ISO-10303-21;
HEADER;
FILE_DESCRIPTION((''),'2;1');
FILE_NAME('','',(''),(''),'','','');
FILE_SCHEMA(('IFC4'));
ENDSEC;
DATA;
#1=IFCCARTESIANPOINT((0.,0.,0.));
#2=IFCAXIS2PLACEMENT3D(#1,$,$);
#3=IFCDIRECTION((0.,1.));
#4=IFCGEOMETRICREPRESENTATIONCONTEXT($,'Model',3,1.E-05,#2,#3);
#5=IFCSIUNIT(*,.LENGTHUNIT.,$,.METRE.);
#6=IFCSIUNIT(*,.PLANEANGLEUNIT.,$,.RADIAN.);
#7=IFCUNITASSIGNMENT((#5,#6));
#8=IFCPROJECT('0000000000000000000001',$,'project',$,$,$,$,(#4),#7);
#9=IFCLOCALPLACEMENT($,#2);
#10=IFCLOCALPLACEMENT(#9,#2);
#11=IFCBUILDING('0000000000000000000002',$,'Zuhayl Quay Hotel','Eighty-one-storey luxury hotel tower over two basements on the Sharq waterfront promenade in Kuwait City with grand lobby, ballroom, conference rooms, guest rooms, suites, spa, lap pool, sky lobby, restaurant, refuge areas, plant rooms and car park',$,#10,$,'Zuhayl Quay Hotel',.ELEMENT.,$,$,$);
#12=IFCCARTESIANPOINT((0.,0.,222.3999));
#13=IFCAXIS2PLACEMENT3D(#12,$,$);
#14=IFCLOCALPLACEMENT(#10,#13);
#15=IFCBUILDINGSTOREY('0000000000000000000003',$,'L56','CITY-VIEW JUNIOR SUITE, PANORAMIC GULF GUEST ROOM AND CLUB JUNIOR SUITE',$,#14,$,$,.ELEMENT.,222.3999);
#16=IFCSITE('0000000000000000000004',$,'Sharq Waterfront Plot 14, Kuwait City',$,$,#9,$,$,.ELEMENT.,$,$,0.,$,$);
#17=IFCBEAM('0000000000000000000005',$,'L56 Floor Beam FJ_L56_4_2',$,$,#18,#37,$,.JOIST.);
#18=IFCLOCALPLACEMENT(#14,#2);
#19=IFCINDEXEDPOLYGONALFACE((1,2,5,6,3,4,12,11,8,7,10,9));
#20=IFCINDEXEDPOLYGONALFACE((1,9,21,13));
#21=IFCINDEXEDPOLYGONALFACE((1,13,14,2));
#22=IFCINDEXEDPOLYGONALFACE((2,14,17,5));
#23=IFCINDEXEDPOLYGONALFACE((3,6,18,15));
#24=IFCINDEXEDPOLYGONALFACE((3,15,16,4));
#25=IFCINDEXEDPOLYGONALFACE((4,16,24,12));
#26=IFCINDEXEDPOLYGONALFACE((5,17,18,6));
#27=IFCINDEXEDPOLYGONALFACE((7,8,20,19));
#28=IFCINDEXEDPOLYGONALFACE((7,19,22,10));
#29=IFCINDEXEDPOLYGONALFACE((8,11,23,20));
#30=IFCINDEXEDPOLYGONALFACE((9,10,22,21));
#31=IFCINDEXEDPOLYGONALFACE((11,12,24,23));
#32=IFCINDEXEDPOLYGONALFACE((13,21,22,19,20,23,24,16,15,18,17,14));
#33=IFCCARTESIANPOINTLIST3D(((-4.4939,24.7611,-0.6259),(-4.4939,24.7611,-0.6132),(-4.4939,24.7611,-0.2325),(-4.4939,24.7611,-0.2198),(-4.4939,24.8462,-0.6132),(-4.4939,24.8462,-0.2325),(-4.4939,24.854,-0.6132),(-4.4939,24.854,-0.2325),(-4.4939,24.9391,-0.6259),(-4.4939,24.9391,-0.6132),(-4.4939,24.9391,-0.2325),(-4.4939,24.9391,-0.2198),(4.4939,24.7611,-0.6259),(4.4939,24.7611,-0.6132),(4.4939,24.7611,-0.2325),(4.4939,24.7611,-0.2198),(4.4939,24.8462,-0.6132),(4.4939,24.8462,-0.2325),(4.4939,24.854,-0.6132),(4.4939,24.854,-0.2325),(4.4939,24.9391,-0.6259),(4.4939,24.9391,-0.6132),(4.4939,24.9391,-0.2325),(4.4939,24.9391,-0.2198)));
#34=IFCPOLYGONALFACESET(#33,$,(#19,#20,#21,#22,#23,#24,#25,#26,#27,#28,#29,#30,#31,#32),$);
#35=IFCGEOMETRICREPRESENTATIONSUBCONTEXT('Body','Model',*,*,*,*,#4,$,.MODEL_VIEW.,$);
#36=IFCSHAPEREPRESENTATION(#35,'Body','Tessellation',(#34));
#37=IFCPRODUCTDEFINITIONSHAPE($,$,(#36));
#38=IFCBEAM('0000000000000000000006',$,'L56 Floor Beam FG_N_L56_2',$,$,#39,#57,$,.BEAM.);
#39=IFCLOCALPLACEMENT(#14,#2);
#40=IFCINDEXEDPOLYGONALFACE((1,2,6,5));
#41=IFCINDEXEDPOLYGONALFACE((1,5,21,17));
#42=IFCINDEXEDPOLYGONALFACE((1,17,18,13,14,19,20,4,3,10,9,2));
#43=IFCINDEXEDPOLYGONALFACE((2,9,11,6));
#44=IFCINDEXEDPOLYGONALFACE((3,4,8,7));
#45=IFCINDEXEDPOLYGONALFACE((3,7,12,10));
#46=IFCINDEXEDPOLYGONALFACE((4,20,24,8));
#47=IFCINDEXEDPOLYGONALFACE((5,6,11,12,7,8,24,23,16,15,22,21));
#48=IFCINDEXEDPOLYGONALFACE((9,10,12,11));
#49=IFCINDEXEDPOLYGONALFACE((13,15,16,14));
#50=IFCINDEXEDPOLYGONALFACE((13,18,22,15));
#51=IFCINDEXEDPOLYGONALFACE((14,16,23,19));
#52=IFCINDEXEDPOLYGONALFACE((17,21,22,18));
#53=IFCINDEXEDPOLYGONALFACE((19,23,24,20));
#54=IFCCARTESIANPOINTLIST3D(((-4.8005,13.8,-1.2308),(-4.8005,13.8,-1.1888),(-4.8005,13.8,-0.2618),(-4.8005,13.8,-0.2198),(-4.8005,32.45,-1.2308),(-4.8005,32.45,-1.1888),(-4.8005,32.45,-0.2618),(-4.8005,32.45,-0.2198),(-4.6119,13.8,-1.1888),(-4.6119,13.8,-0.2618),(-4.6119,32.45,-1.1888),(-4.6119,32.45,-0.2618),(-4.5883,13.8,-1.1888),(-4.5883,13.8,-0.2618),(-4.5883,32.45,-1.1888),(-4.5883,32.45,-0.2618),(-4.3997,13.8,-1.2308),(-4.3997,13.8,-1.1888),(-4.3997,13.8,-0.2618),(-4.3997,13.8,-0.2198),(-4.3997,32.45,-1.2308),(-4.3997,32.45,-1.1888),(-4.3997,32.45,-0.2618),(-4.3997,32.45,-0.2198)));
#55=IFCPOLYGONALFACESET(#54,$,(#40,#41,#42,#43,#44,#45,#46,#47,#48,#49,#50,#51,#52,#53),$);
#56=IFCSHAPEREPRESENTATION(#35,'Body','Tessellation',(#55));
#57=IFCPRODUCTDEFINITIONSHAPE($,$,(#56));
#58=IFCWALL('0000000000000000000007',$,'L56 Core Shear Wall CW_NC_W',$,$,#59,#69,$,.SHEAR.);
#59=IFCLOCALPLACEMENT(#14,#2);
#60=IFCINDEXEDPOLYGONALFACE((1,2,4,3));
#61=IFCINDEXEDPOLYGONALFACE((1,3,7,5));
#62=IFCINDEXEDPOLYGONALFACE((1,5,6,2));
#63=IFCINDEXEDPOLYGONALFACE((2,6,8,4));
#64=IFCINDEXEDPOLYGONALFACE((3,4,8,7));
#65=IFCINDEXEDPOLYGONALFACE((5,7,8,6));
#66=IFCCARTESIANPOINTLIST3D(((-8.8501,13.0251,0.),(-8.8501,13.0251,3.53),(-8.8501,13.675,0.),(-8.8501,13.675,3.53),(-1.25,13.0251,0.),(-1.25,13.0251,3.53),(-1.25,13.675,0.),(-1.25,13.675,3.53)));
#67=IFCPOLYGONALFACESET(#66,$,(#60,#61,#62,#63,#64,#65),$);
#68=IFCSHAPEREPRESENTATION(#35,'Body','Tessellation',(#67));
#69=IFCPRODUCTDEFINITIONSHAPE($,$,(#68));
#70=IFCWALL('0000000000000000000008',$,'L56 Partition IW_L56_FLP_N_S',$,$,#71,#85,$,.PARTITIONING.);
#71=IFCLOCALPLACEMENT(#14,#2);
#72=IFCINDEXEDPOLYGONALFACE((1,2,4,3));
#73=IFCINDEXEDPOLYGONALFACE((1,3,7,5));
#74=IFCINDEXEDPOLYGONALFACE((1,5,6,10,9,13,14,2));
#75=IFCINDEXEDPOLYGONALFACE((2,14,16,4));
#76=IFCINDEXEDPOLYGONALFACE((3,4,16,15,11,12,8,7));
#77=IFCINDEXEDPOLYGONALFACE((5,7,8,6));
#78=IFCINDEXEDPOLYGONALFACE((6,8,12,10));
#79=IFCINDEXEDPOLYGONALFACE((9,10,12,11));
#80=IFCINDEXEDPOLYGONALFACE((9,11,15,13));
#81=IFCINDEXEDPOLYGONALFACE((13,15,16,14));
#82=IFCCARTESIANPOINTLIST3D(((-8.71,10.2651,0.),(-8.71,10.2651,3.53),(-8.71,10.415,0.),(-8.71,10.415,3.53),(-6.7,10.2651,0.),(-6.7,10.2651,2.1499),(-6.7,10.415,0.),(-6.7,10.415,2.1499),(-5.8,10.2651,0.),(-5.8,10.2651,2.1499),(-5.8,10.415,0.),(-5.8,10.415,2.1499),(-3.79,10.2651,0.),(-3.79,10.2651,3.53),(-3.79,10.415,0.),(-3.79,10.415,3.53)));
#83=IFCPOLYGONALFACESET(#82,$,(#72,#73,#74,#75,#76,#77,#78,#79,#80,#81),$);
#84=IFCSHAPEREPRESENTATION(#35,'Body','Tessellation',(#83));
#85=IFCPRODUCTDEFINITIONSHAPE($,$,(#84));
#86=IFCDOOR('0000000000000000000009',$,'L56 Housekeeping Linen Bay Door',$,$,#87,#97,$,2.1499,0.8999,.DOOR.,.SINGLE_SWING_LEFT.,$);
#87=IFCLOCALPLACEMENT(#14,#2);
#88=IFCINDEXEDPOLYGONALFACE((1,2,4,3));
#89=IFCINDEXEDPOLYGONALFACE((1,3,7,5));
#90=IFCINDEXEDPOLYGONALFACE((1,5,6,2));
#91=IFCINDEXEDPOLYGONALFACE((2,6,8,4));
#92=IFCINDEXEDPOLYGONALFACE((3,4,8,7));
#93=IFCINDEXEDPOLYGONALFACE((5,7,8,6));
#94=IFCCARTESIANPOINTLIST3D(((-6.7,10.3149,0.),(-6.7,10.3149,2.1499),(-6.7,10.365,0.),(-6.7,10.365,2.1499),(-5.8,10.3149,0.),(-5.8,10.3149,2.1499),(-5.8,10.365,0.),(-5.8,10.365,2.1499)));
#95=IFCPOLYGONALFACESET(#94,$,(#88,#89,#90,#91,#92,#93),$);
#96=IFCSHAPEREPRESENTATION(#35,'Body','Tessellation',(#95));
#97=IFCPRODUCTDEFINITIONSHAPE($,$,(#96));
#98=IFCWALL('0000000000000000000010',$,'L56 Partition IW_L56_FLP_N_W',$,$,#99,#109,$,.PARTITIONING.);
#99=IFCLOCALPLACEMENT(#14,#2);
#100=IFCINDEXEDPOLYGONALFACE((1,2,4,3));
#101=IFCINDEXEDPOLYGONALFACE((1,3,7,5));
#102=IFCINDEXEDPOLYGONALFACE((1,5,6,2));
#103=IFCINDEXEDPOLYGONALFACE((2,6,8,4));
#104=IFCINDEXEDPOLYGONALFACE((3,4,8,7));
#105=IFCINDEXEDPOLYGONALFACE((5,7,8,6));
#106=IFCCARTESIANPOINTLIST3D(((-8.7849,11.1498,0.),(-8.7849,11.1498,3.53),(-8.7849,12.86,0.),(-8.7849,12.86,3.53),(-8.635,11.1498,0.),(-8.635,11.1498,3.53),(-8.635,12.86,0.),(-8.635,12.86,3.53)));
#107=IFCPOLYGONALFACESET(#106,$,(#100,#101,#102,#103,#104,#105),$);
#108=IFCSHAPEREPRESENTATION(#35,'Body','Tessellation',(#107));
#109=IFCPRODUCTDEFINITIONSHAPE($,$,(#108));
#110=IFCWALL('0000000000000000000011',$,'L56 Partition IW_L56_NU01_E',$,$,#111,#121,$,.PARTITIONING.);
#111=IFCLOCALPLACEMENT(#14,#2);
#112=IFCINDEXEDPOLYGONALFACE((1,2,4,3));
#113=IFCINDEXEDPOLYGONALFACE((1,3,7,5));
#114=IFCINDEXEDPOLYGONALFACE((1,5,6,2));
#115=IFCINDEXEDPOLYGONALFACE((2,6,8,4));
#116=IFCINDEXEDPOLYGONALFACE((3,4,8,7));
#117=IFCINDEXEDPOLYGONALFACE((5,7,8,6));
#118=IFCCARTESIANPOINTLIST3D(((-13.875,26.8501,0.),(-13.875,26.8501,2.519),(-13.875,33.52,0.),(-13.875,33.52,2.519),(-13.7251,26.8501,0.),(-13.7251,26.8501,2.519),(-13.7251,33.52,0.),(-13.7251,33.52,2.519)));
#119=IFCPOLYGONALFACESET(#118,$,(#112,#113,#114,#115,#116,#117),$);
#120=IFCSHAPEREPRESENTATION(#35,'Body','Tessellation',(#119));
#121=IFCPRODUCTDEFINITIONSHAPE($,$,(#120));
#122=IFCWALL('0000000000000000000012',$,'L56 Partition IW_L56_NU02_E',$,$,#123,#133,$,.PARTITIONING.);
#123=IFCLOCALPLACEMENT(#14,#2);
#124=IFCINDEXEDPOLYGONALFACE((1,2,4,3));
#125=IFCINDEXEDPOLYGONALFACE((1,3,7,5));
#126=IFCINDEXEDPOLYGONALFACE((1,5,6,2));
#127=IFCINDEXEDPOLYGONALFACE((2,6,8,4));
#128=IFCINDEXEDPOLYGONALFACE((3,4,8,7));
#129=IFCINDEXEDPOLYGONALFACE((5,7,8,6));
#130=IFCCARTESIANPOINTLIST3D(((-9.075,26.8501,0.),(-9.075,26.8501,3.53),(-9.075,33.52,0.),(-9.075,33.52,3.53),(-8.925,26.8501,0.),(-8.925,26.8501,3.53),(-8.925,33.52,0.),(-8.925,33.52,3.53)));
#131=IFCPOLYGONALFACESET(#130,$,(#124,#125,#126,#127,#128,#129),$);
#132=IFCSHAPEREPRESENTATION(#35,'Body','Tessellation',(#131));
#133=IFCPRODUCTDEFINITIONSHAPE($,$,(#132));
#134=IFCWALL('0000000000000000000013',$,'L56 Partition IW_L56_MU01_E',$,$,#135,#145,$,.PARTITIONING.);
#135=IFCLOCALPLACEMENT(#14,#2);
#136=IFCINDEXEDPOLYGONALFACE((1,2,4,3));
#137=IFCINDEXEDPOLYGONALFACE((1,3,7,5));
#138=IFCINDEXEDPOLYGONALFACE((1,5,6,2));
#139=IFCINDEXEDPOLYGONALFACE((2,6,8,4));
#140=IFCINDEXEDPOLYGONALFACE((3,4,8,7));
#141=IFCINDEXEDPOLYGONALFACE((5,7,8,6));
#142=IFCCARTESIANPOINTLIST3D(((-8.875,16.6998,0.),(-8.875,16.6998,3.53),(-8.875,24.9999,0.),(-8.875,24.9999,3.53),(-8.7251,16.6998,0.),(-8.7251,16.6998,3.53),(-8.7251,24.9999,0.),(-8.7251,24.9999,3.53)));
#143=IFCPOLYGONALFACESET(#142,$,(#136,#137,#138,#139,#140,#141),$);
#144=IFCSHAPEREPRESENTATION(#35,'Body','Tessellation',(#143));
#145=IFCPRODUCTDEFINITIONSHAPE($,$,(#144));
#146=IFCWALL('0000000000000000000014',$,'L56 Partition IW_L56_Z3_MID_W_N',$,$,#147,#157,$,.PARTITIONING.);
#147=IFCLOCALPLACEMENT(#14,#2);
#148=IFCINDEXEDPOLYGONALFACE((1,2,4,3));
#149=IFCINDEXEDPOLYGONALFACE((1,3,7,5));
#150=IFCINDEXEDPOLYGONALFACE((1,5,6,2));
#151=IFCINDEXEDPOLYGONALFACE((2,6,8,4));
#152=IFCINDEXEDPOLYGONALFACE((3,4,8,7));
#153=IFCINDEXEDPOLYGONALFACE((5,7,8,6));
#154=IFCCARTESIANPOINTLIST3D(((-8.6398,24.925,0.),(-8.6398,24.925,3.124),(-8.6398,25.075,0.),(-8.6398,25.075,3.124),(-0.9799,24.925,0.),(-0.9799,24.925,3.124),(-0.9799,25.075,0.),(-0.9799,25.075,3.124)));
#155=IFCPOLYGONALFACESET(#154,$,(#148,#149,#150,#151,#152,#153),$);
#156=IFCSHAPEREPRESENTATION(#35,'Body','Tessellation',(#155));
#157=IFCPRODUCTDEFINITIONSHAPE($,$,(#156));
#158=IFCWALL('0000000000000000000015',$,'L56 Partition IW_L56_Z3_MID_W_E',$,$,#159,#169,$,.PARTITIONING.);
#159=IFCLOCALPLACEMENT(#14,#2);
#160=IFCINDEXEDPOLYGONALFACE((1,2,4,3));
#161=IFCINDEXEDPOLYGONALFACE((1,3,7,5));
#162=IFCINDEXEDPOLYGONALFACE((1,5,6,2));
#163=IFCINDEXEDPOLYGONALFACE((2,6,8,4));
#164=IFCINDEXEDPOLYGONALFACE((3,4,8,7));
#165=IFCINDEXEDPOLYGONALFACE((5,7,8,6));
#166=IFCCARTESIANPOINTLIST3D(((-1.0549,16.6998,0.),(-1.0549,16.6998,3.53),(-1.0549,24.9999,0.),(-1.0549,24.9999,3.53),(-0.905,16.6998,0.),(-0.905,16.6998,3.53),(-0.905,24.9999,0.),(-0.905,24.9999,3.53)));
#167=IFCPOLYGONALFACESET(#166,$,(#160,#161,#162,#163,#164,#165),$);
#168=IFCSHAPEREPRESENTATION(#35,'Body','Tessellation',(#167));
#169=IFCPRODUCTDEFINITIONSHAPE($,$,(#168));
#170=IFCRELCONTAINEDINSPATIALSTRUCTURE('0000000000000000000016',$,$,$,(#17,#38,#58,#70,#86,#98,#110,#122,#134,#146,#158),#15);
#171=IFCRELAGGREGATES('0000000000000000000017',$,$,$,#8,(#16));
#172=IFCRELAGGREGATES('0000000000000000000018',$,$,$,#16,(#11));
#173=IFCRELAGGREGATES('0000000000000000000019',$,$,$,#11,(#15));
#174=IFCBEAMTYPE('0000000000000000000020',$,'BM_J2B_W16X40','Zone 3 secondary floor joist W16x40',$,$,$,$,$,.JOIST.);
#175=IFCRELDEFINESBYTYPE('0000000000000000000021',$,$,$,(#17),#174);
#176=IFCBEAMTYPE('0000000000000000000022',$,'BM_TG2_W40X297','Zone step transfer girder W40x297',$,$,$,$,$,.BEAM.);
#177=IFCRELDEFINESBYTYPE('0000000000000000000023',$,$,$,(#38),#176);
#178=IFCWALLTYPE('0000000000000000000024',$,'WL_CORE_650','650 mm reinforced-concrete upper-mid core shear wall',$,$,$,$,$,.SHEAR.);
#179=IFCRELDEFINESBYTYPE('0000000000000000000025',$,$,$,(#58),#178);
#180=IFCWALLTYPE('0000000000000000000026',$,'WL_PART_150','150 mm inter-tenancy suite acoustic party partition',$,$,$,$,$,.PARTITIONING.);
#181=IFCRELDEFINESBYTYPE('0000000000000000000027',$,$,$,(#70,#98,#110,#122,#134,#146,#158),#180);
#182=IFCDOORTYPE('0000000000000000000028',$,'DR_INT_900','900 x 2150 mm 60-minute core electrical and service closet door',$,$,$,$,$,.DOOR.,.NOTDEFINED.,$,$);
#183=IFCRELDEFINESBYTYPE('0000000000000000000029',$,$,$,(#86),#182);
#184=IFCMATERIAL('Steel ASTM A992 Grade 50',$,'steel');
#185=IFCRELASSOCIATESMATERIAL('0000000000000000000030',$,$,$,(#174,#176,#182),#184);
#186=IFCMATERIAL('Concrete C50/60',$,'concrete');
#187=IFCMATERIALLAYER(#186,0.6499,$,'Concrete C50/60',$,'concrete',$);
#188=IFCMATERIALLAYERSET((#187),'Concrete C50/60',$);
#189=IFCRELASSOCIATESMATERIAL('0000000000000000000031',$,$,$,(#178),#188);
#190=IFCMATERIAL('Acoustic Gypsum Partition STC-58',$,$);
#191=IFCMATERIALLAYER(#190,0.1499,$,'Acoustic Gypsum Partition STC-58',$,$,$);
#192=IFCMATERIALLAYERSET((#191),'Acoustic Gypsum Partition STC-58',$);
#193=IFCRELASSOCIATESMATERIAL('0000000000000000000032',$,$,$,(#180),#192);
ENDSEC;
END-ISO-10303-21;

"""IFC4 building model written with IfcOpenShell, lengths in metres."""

from ifc_helpers import new_model, si_unit, direction, frame, frame_2d, origin, origin_2d, place, context, subcontext, project, spatial, rectangle, i_section, extrude, material, layer, layer_set, material_profile, profile_set, type_object, element, fill, save


model = new_model("IFC4")

# Units and contexts
model_context = context("Model", 3, precision=1e-05, world=origin(), true_north=direction((0.0, 1.0)))
body_context = subcontext(model_context, "Body", "Model", "MODEL_VIEW")
ifc_project = project(units=[si_unit("LENGTHUNIT", "METRE"), si_unit("PLANEANGLEUNIT", "RADIAN")], contexts=[model_context])

# Site, building, storey
site_placement = place(None, origin())
site = spatial("IfcSite", under=ifc_project, at=site_placement, Name="Sharq Waterfront Plot 14, Kuwait City", CompositionType="ELEMENT", RefElevation=0.0)
building_placement = place(site_placement, origin())
building = spatial("IfcBuilding", under=site, at=building_placement, Name="Zuhayl Quay Hotel", Description="Eighty-one-storey luxury hotel tower over two basements on the Sharq waterfront promenade in Kuwait City with grand lobby, ballroom, conference rooms, guest rooms, suites, spa, lap pool, sky lobby, restaurant, refuge areas, plant rooms and car park", LongName="Zuhayl Quay Hotel", CompositionType="ELEMENT")
storey_placement = place(building_placement, frame((0.0, 0.0, 222.3999)))
storey = spatial("IfcBuildingStorey", under=building, at=storey_placement, Name="L56", Description="CITY-VIEW JUNIOR SUITE, PANORAMIC GULF GUEST ROOM AND CLUB JUNIOR SUITE", CompositionType="ELEMENT", Elevation=222.3999)

# Beams
ifc_material_1 = material(Name="Steel ASTM A992 Grade 50", Category="steel")
ifc_material_profile_1 = material_profile(ifc_material_1, i_section(OverallWidth=0.178, OverallDepth=0.406, WebThickness=0.0078, FlangeThickness=0.0127, at=origin_2d()), Name="W16X40")
ifc_profile_set_1 = profile_set([ifc_material_profile_1], Name="Steel ASTM A992 Grade 50")
beam_type_1 = type_object("IfcBeamType", Name="BM_J2B_W16X40", Description="Zone 3 secondary floor joist W16x40", PredefinedType="JOIST", material=ifc_profile_set_1)
beam_1_placement = place(storey_placement, frame((-4.4939, 24.8501, -0.4229), z_axis=(1.0, 0.0, 0.0), x_axis=(0.0, 1.0, 0.0)))
element("IfcBeam", 1, at=beam_1_placement, inside=storey, type_object=beam_type_1, Name="L56 Floor Beam FJ_L56_4_2", PredefinedType="JOIST", context=body_context, shape_type="SweptSolid", body=[
    extrude(i_section(OverallWidth=0.178, OverallDepth=0.406, WebThickness=0.0078, FlangeThickness=0.0127, at=origin_2d()), origin(), (0.0, 0.0, 1.0), 8.9878),
])
ifc_material_profile_2 = material_profile(ifc_material_1, i_section(OverallWidth=0.4009, OverallDepth=1.011, WebThickness=0.0237, FlangeThickness=0.042, at=origin_2d()), Name="W40X297")
ifc_profile_set_2 = profile_set([ifc_material_profile_2], Name="Steel ASTM A992 Grade 50")
beam_type_2 = type_object("IfcBeamType", Name="BM_TG2_W40X297", Description="Zone step transfer girder W40x297", PredefinedType="BEAM", material=ifc_profile_set_2)
beam_2_placement = place(storey_placement, frame((-4.6001, 13.8, -0.7253), z_axis=(0.0, 1.0, 0.0), x_axis=(-1.0, 0.0, 0.0)))
element("IfcBeam", 2, at=beam_2_placement, inside=storey, type_object=beam_type_2, Name="L56 Floor Beam FG_N_L56_2", PredefinedType="BEAM", context=body_context, shape_type="SweptSolid", body=[
    extrude(i_section(OverallWidth=0.4009, OverallDepth=1.011, WebThickness=0.0237, FlangeThickness=0.042, at=origin_2d()), origin(), (0.0, 0.0, 1.0), 18.6499),
])

# Wall
ifc_material_2 = material(Name="Concrete C50/60", Category="concrete")
ifc_layer_1 = layer(ifc_material_2, 0.6499, Name="Concrete C50/60", Category="concrete")
ifc_layer_set_1 = layer_set([ifc_layer_1], Name="Concrete C50/60")
wall_type_1 = type_object("IfcWallType", Name="WL_CORE_650", Description="650 mm reinforced-concrete upper-mid core shear wall", PredefinedType="SHEAR", material=ifc_layer_set_1)
wall_1_placement = place(storey_placement, frame((-8.8501, 13.3501, 0.0), z_axis=(0.0, 0.0, 1.0), x_axis=(1.0, 0.0, 0.0)))
element("IfcWall", 3, at=wall_1_placement, inside=storey, type_object=wall_type_1, Name="L56 Core Shear Wall CW_NC_W", PredefinedType="SHEAR", context=body_context, shape_type="SweptSolid", body=[
    extrude(rectangle(XDim=7.6001, YDim=0.6499, at=frame_2d((3.8, 0.0))), origin(), (0.0, 0.0, 1.0), 3.53),
])

# Wall, opening, door
ifc_material_3 = material(Name="Acoustic Gypsum Partition STC-58")
ifc_layer_2 = layer(ifc_material_3, 0.1499, Name="Acoustic Gypsum Partition STC-58")
ifc_layer_set_2 = layer_set([ifc_layer_2], Name="Acoustic Gypsum Partition STC-58")
wall_type_2 = type_object("IfcWallType", Name="WL_PART_150", Description="150 mm inter-tenancy suite acoustic party partition", PredefinedType="PARTITIONING", material=ifc_layer_set_2)
wall_2_placement = place(storey_placement, frame((-8.71, 10.3401, 0.0), z_axis=(0.0, 0.0, 1.0), x_axis=(1.0, 0.0, 0.0)))
wall_2 = element("IfcWall", 4, at=wall_2_placement, inside=storey, type_object=wall_type_2, Name="L56 Partition IW_L56_FLP_N_S", PredefinedType="PARTITIONING", context=body_context, shape_type="SweptSolid", body=[
    extrude(rectangle(XDim=4.9199, YDim=0.1499, at=frame_2d((2.46, 0.0))), origin(), (0.0, 0.0, 1.0), 3.53),
])
opening_1_placement = place(wall_2_placement, frame((2.01, 0.0, 0.0)))
opening_1 = element("IfcOpeningElement", 5, at=opening_1_placement, cuts=wall_2, PredefinedType="OPENING", context=body_context, shape_type="SweptSolid", body=[
    extrude(rectangle(XDim=0.8999, YDim=2.1499, at=frame_2d((0.45, 1.075))), frame((0.0, 0.085, 0.0), z_axis=(0.0, -1.0, 0.0), x_axis=(1.0, 0.0, 0.0)), (0.0, 0.0, 1.0), 0.1699),
])
door_type_1 = type_object("IfcDoorType", Name="DR_INT_900", Description="900 x 2150 mm 60-minute core electrical and service closet door", OperationType="NOTDEFINED", PredefinedType="DOOR", material=ifc_material_1)
door_1_placement = place(opening_1_placement, origin())
door_1 = element("IfcDoor", 6, at=door_1_placement, inside=storey, type_object=door_type_1, Name="L56 Housekeeping Linen Bay Door", OperationType="SINGLE_SWING_LEFT", OverallHeight=2.1499, OverallWidth=0.8999, PredefinedType="DOOR", context=body_context, shape_type="SweptSolid", body=[
    extrude(rectangle(XDim=0.8999, YDim=2.1499, at=frame_2d((0.45, 1.075))), frame((0.0, 0.0249, 0.0), z_axis=(0.0, -1.0, 0.0), x_axis=(1.0, 0.0, 0.0)), (0.0, 0.0, 1.0), 0.05),
])
fill(opening_1, door_1)

# Walls
wall_3_placement = place(storey_placement, frame((-8.71, 11.1499, 0.0), z_axis=(0.0, 0.0, 1.0), x_axis=(0.0, 1.0, 0.0)))
element("IfcWall", 7, at=wall_3_placement, inside=storey, type_object=wall_type_2, Name="L56 Partition IW_L56_FLP_N_W", PredefinedType="PARTITIONING", context=body_context, shape_type="SweptSolid", body=[
    extrude(rectangle(XDim=1.7102, YDim=0.1499, at=frame_2d((0.855, 0.0))), origin(), (0.0, 0.0, 1.0), 3.53),
])
wall_4_placement = place(storey_placement, frame((-13.8, 26.8501, 0.0), z_axis=(0.0, 0.0, 1.0), x_axis=(0.0, 1.0, 0.0)))
element("IfcWall", 8, at=wall_4_placement, inside=storey, type_object=wall_type_2, Name="L56 Partition IW_L56_NU01_E", PredefinedType="PARTITIONING", context=body_context, shape_type="SweptSolid", body=[
    extrude(rectangle(XDim=6.6699, YDim=0.1499, at=frame_2d((3.335, 0.0))), origin(), (0.0, 0.0, 1.0), 2.519),
])
wall_5_placement = place(storey_placement, frame((-9.0, 26.8501, 0.0), z_axis=(0.0, 0.0, 1.0), x_axis=(0.0, 1.0, 0.0)))
element("IfcWall", 9, at=wall_5_placement, inside=storey, type_object=wall_type_2, Name="L56 Partition IW_L56_NU02_E", PredefinedType="PARTITIONING", context=body_context, shape_type="SweptSolid", body=[
    extrude(rectangle(XDim=6.6699, YDim=0.1499, at=frame_2d((3.335, 0.0))), origin(), (0.0, 0.0, 1.0), 3.53),
])
wall_6_placement = place(storey_placement, frame((-8.8, 16.7, 0.0), z_axis=(0.0, 0.0, 1.0), x_axis=(0.0, 1.0, 0.0)))
element("IfcWall", 10, at=wall_6_placement, inside=storey, type_object=wall_type_2, Name="L56 Partition IW_L56_MU01_E", PredefinedType="PARTITIONING", context=body_context, shape_type="SweptSolid", body=[
    extrude(rectangle(XDim=8.3, YDim=0.1499, at=frame_2d((4.1499, 0.0))), origin(), (0.0, 0.0, 1.0), 3.53),
])
wall_7_placement = place(storey_placement, frame((-8.6399, 25.0, 0.0), z_axis=(0.0, 0.0, 1.0), x_axis=(1.0, 0.0, 0.0)))
element("IfcWall", 11, at=wall_7_placement, inside=storey, type_object=wall_type_2, Name="L56 Partition IW_L56_Z3_MID_W_N", PredefinedType="PARTITIONING", context=body_context, shape_type="SweptSolid", body=[
    extrude(rectangle(XDim=7.6599, YDim=0.1499, at=frame_2d((3.8301, 0.0))), origin(), (0.0, 0.0, 1.0), 3.124),
])
wall_8_placement = place(storey_placement, frame((-0.98, 16.7, 0.0), z_axis=(0.0, 0.0, 1.0), x_axis=(0.0, 1.0, 0.0)))
element("IfcWall", 12, at=wall_8_placement, inside=storey, type_object=wall_type_2, Name="L56 Partition IW_L56_Z3_MID_W_E", PredefinedType="PARTITIONING", context=body_context, shape_type="SweptSolid", body=[
    extrude(rectangle(XDim=8.3, YDim=0.1499, at=frame_2d((4.1499, 0.0))), origin(), (0.0, 0.0, 1.0), 3.53),
])

save(model, "model.ifc")
